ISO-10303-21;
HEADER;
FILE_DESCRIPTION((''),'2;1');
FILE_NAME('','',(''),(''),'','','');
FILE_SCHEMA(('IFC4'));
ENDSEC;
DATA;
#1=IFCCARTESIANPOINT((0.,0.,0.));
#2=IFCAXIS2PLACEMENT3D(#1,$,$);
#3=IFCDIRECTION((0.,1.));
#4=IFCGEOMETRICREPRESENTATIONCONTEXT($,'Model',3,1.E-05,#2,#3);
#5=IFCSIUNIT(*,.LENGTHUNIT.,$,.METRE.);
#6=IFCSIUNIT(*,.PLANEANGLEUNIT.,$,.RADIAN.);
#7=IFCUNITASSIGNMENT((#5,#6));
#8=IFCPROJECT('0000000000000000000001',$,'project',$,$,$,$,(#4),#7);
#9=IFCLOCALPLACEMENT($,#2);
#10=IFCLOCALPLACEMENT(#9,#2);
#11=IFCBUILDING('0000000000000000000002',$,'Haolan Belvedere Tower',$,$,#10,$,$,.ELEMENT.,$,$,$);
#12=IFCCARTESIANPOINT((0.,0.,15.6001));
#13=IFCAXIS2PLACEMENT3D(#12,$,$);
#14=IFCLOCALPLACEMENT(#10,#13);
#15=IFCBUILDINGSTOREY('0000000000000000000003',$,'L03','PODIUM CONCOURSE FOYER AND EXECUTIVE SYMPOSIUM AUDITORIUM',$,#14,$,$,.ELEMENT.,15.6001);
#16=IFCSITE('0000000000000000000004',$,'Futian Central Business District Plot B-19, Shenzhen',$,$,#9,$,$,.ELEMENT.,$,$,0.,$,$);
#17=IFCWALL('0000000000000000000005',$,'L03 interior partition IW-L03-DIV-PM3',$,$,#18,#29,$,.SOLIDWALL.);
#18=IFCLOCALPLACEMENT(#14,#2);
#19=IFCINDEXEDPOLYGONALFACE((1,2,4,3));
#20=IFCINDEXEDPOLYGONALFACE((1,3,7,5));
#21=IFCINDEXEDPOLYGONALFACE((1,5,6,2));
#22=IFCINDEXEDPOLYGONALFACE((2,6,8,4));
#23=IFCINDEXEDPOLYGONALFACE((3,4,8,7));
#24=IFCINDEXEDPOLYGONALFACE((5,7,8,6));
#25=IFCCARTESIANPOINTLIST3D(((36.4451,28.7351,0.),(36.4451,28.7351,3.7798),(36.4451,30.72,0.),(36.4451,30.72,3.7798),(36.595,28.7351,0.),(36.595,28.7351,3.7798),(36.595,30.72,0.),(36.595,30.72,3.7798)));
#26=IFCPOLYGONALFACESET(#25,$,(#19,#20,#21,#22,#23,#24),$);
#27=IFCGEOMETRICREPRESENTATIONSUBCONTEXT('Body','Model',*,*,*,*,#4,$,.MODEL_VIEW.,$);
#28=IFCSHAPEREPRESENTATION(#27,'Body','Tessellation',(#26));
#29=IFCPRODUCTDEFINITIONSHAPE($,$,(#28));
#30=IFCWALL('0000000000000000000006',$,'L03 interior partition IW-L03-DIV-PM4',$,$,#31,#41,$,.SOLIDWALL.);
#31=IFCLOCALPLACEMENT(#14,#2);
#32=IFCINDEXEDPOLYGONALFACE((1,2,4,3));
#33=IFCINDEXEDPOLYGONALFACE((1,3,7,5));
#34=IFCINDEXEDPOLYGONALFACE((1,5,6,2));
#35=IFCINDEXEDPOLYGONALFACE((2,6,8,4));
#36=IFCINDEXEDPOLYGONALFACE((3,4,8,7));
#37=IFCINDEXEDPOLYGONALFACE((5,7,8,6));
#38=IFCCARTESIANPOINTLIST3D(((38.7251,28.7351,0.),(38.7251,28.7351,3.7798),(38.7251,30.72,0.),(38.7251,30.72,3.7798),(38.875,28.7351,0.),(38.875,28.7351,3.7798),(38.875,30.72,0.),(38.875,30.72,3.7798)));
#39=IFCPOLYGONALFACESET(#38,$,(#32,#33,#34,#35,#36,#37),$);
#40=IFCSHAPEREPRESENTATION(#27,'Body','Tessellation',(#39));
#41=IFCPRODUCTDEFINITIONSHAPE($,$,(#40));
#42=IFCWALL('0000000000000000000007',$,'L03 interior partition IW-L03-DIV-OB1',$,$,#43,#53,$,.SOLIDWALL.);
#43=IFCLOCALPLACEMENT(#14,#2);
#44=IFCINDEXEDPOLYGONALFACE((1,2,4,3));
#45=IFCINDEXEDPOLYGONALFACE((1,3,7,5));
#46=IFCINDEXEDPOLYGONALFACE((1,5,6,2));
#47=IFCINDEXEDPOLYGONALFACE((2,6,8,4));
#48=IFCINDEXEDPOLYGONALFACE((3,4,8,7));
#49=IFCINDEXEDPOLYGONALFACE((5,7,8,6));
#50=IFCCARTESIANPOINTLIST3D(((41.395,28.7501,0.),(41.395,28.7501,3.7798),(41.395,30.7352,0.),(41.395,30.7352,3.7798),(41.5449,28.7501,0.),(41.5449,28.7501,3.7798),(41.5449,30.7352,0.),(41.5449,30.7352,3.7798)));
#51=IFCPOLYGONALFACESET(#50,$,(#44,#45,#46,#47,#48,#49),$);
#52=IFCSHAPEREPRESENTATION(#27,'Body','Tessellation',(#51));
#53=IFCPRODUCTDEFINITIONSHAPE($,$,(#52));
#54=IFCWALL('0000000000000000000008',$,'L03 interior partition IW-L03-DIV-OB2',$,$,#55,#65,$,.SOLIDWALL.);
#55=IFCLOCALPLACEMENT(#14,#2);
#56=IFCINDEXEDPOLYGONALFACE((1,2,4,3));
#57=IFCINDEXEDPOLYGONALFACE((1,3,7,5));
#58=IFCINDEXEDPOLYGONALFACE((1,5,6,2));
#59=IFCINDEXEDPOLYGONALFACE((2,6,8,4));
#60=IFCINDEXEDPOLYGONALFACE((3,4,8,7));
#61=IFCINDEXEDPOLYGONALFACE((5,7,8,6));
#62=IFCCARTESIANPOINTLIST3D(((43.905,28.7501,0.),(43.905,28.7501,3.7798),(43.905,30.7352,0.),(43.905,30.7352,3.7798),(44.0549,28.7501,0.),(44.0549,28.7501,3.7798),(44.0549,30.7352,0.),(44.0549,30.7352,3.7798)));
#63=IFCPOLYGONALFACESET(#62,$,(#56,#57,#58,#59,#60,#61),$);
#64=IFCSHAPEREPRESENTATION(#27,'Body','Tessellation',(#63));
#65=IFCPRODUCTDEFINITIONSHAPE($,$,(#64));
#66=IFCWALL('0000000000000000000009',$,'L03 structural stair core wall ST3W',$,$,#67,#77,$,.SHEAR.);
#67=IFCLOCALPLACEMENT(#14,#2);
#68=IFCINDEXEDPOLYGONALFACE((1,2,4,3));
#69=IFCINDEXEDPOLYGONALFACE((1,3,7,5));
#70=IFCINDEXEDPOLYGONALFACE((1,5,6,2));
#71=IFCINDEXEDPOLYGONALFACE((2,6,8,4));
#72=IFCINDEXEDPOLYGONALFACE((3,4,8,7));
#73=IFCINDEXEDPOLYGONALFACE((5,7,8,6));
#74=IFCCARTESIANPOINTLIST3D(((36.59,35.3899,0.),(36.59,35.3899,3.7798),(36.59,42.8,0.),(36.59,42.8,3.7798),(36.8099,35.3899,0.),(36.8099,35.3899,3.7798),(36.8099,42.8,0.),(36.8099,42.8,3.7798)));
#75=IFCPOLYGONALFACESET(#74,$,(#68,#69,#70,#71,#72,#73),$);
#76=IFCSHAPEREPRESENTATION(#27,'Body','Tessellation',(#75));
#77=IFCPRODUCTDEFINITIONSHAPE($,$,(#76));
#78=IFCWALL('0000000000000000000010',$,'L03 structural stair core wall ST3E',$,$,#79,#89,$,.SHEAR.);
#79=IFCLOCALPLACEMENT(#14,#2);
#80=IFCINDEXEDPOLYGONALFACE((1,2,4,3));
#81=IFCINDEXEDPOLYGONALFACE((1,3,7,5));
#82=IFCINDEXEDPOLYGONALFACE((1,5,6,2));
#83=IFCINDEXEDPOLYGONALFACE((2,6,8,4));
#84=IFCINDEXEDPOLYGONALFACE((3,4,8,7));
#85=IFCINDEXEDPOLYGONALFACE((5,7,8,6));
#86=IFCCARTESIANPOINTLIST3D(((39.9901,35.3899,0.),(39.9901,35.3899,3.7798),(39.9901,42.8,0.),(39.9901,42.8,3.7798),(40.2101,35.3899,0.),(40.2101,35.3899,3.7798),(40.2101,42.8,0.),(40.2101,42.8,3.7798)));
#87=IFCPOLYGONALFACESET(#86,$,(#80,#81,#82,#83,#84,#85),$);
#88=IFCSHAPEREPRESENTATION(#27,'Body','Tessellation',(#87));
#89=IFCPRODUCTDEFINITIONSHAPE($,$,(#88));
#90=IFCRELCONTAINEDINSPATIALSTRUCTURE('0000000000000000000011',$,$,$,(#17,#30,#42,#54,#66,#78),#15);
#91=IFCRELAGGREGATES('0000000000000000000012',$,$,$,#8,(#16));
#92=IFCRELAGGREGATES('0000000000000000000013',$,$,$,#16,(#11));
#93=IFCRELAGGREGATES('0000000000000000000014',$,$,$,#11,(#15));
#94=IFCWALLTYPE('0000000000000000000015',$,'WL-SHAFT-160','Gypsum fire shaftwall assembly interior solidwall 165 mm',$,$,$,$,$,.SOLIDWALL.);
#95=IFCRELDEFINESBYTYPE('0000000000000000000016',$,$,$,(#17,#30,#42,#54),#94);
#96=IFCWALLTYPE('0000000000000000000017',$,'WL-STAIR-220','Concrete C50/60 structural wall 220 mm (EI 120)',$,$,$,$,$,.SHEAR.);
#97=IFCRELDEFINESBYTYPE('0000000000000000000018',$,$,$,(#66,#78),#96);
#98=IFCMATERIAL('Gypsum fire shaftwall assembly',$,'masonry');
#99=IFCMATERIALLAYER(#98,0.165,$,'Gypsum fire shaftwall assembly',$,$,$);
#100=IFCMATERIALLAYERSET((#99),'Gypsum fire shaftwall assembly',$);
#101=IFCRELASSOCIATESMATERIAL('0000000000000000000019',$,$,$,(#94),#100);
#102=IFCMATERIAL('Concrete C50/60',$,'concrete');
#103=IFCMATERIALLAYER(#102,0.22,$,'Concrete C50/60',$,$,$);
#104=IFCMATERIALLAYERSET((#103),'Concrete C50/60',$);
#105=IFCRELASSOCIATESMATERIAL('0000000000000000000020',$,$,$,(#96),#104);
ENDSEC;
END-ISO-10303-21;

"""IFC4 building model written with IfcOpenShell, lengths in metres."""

from ifc_helpers import new_model, si_unit, direction, frame, frame_2d, origin, place, context, subcontext, project, spatial, rectangle, extrude, material, layer, layer_set, type_object, element, save


model = new_model("IFC4")

# Units and contexts
model_context = context("Model", 3, precision=1e-05, world=origin(), true_north=direction((0.0, 1.0)))
body_context = subcontext(model_context, "Body", "Model", "MODEL_VIEW")
ifc_project = project(units=[si_unit("LENGTHUNIT", "METRE"), si_unit("PLANEANGLEUNIT", "RADIAN")], contexts=[model_context])

# Site, building, storey
site_placement = place(None, origin())
site = spatial("IfcSite", under=ifc_project, at=site_placement, Name="Futian Central Business District Plot B-19, Shenzhen", CompositionType="ELEMENT", RefElevation=0.0)
building_placement = place(site_placement, origin())
building = spatial("IfcBuilding", under=site, at=building_placement, Name="Haolan Belvedere Tower", CompositionType="ELEMENT")
storey_placement = place(building_placement, frame((0.0, 0.0, 15.6001)))
storey = spatial("IfcBuildingStorey", under=building, at=storey_placement, Name="L03", Description="PODIUM CONCOURSE FOYER AND EXECUTIVE SYMPOSIUM AUDITORIUM", CompositionType="ELEMENT", Elevation=15.6001)

# Shared definitions
ifc_material_1 = material(Name="Gypsum fire shaftwall assembly", Category="masonry")
ifc_layer_1 = layer(ifc_material_1, 0.165, Name="Gypsum fire shaftwall assembly")
ifc_layer_set_1 = layer_set([ifc_layer_1], Name="Gypsum fire shaftwall assembly")
wall_type_1 = type_object("IfcWallType", Name="WL-SHAFT-160", Description="Gypsum fire shaftwall assembly interior solidwall 165 mm", PredefinedType="SOLIDWALL", material=ifc_layer_set_1)

# Walls
for number, where, z_axis, x_axis, name in (
    (1, (36.52, 28.7351, 0.0), (0.0, 0.0, 1.0), (0.0, 1.0, 0.0), "L03 interior partition IW-L03-DIV-PM3"),
    (2, (38.8, 28.7351, 0.0), (0.0, 0.0, 1.0), (0.0, 1.0, 0.0), "L03 interior partition IW-L03-DIV-PM4"),
):
    element("IfcWall", number, at=place(storey_placement, frame(where, z_axis=z_axis, x_axis=x_axis)), inside=storey, type_object=wall_type_1, Name=name, PredefinedType="SOLIDWALL", context=body_context, shape_type="SweptSolid", body=[
        extrude(rectangle(XDim=1.9849, YDim=0.1499, at=frame_2d((0.9924, 0.0))), origin(), (0.0, 0.0, 1.0), 3.7798),
    ])
for number, where, z_axis, x_axis, name in (
    (3, (41.47, 28.75, 0.0), (0.0, 0.0, 1.0), (0.0, 1.0, 0.0), "L03 interior partition IW-L03-DIV-OB1"),
    (4, (43.98, 28.75, 0.0), (0.0, 0.0, 1.0), (0.0, 1.0, 0.0), "L03 interior partition IW-L03-DIV-OB2"),
):
    element("IfcWall", number, at=place(storey_placement, frame(where, z_axis=z_axis, x_axis=x_axis)), inside=storey, type_object=wall_type_1, Name=name, PredefinedType="SOLIDWALL", context=body_context, shape_type="SweptSolid", body=[
        extrude(rectangle(XDim=1.9851, YDim=0.1499, at=frame_2d((0.9927, 0.0))), origin(), (0.0, 0.0, 1.0), 3.7798),
    ])
ifc_material_2 = material(Name="Concrete C50/60", Category="concrete")
ifc_layer_2 = layer(ifc_material_2, 0.22, Name="Concrete C50/60")
ifc_layer_set_2 = layer_set([ifc_layer_2], Name="Concrete C50/60")
wall_type_2 = type_object("IfcWallType", Name="WL-STAIR-220", Description="Concrete C50/60 structural wall 220 mm (EI 120)", PredefinedType="SHEAR", material=ifc_layer_set_2)
for number, where, z_axis, x_axis, name in (
    (5, (36.7, 35.3899, 0.0), (0.0, 0.0, 1.0), (0.0, 1.0, 0.0), "L03 structural stair core wall ST3W"),
    (6, (40.1001, 35.3899, 0.0), (0.0, 0.0, 1.0), (0.0, 1.0, 0.0), "L03 structural stair core wall ST3E"),
):
    element("IfcWall", number, at=place(storey_placement, frame(where, z_axis=z_axis, x_axis=x_axis)), inside=storey, type_object=wall_type_2, Name=name, PredefinedType="SHEAR", context=body_context, shape_type="SweptSolid", body=[
        extrude(rectangle(XDim=7.4102, YDim=0.22, at=frame_2d((3.7051, 0.0))), origin(), (0.0, 0.0, 1.0), 3.7798),
    ])

save(model, "model.ifc")
